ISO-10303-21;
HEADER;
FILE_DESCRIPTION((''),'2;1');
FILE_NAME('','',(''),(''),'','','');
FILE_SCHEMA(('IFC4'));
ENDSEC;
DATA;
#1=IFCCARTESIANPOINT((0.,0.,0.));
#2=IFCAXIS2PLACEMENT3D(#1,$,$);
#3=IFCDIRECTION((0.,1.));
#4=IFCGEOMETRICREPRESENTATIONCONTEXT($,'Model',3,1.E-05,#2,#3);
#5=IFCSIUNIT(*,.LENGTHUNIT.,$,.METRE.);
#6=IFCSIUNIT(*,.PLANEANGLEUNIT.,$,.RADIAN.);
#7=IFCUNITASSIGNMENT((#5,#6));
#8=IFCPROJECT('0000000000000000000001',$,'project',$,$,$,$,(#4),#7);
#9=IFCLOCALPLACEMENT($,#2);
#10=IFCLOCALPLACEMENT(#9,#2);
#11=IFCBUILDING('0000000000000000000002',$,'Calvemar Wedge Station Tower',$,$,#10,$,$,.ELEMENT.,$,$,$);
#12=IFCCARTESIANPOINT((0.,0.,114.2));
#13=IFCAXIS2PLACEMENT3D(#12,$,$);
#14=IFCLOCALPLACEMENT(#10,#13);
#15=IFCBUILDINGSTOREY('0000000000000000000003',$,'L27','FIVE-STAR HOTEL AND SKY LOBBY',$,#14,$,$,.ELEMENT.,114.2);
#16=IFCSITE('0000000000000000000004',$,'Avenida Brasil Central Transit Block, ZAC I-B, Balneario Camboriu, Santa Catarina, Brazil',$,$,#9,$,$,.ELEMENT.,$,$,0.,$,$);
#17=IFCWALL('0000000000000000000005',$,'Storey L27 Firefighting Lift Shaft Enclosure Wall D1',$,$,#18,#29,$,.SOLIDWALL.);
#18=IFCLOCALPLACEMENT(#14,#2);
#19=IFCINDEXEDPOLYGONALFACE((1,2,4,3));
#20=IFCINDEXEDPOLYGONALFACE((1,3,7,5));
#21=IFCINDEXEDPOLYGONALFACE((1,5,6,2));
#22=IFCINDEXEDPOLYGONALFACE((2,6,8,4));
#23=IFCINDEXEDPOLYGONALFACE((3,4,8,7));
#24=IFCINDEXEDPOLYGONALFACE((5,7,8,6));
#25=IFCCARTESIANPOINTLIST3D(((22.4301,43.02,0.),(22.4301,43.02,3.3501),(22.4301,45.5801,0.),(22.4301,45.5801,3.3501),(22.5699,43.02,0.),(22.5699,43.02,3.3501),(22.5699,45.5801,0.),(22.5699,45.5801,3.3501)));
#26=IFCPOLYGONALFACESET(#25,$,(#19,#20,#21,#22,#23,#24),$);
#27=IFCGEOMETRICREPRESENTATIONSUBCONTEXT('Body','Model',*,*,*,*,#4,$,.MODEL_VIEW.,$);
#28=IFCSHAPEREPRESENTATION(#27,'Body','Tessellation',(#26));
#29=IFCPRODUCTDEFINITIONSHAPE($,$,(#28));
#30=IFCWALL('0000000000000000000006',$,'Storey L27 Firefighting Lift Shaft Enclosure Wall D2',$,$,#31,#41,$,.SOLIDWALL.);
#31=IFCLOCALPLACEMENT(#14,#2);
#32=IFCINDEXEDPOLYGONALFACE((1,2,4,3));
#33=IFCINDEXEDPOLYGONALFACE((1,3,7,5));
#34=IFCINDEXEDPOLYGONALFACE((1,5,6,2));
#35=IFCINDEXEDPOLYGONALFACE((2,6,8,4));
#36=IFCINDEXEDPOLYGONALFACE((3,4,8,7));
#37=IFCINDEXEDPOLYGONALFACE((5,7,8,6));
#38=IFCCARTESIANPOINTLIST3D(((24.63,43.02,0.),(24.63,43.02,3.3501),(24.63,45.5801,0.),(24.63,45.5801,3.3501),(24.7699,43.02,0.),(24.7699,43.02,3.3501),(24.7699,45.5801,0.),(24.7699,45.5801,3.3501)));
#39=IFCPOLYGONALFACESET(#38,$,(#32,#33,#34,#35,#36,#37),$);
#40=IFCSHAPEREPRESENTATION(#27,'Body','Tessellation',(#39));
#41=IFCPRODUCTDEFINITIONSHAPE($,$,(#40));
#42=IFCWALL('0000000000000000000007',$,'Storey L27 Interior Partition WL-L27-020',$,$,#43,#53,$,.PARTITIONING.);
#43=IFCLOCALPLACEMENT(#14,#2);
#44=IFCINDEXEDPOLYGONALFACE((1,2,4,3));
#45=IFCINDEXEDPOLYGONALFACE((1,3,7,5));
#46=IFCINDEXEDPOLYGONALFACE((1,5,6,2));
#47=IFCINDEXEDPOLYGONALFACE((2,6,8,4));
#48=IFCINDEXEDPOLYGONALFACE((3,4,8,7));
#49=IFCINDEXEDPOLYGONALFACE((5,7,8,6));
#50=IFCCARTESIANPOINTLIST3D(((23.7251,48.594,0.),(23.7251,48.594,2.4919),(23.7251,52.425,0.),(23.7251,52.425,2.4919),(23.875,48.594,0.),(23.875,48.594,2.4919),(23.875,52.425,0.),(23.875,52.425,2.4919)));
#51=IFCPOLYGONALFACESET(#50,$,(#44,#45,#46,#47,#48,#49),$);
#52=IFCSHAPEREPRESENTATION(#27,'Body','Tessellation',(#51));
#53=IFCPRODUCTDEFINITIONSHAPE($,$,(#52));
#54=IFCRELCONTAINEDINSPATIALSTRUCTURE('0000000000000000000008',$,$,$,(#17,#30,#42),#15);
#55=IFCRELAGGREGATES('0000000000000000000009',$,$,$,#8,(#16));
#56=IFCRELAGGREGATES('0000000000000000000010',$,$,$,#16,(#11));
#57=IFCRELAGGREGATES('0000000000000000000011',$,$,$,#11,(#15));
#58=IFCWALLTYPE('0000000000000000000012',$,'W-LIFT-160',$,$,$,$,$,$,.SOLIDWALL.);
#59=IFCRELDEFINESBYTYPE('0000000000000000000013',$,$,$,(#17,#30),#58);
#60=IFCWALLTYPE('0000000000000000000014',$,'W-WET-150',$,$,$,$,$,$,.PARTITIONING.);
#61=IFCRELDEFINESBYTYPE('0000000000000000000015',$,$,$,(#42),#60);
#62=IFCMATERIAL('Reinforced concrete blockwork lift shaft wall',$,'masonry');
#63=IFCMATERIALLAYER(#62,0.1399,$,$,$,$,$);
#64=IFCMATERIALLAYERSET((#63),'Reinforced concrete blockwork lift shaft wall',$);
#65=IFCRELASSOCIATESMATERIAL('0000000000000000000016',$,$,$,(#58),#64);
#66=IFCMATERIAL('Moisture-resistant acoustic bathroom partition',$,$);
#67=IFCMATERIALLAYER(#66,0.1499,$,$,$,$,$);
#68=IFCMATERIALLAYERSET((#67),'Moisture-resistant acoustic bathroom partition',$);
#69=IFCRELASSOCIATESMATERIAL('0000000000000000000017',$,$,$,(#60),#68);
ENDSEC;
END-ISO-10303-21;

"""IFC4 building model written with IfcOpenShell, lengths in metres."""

from ifc_helpers import new_model, si_unit, direction, frame, frame_2d, origin, place, context, subcontext, project, spatial, rectangle, extrude, material, layer, layer_set, type_object, element, save


model = new_model("IFC4")

# Units and contexts
model_context = context("Model", 3, precision=1e-05, world=origin(), true_north=direction((0.0, 1.0)))
body_context = subcontext(model_context, "Body", "Model", "MODEL_VIEW")
ifc_project = project(units=[si_unit("LENGTHUNIT", "METRE"), si_unit("PLANEANGLEUNIT", "RADIAN")], contexts=[model_context])

# Site, building, storey
site_placement = place(None, origin())
site = spatial("IfcSite", under=ifc_project, at=site_placement, Name="Avenida Brasil Central Transit Block, ZAC I-B, Balneario Camboriu, Santa Catarina, Brazil", CompositionType="ELEMENT", RefElevation=0.0)
building_placement = place(site_placement, origin())
building = spatial("IfcBuilding", under=site, at=building_placement, Name="Calvemar Wedge Station Tower", CompositionType="ELEMENT")
storey_placement = place(building_placement, frame((0.0, 0.0, 114.2)))
storey = spatial("IfcBuildingStorey", under=building, at=storey_placement, Name="L27", Description="FIVE-STAR HOTEL AND SKY LOBBY", CompositionType="ELEMENT", Elevation=114.2)

# Walls
ifc_material_1 = material(Name="Reinforced concrete blockwork lift shaft wall", Category="masonry")
ifc_layer_1 = layer(ifc_material_1, 0.1399)
ifc_layer_set_1 = layer_set([ifc_layer_1], Name="Reinforced concrete blockwork lift shaft wall")
wall_type_1 = type_object("IfcWallType", Name="W-LIFT-160", PredefinedType="SOLIDWALL", material=ifc_layer_set_1)
for number, where, z_axis, x_axis, name in (
    (1, (22.5, 43.02, 0.0), (0.0, 0.0, 1.0), (0.0, 1.0, 0.0), "Storey L27 Firefighting Lift Shaft Enclosure Wall D1"),
    (2, (24.7, 43.02, 0.0), (0.0, 0.0, 1.0), (0.0, 1.0, 0.0), "Storey L27 Firefighting Lift Shaft Enclosure Wall D2"),
):
    element("IfcWall", number, at=place(storey_placement, frame(where, z_axis=z_axis, x_axis=x_axis)), inside=storey, type_object=wall_type_1, Name=name, PredefinedType="SOLIDWALL", context=body_context, shape_type="SweptSolid", body=[
        extrude(rectangle(XDim=2.5601, YDim=0.1399, at=frame_2d((1.28, 0.0))), origin(), (0.0, 0.0, 1.0), 3.3501),
    ])
ifc_material_2 = material(Name="Moisture-resistant acoustic bathroom partition")
ifc_layer_2 = layer(ifc_material_2, 0.1499)
ifc_layer_set_2 = layer_set([ifc_layer_2], Name="Moisture-resistant acoustic bathroom partition")
wall_type_2 = type_object("IfcWallType", Name="W-WET-150", PredefinedType="PARTITIONING", material=ifc_layer_set_2)
wall_1_placement = place(storey_placement, frame((23.8, 52.425, 0.0), z_axis=(0.0, 0.0, 1.0), x_axis=(0.0, -1.0, 0.0)))
element("IfcWall", 3, at=wall_1_placement, inside=storey, type_object=wall_type_2, Name="Storey L27 Interior Partition WL-L27-020", PredefinedType="PARTITIONING", context=body_context, shape_type="SweptSolid", body=[
    extrude(rectangle(XDim=3.8311, YDim=0.1499, at=frame_2d((1.9155, 0.0))), origin(), (0.0, 0.0, 1.0), 2.4919),
])

save(model, "model.ifc")
